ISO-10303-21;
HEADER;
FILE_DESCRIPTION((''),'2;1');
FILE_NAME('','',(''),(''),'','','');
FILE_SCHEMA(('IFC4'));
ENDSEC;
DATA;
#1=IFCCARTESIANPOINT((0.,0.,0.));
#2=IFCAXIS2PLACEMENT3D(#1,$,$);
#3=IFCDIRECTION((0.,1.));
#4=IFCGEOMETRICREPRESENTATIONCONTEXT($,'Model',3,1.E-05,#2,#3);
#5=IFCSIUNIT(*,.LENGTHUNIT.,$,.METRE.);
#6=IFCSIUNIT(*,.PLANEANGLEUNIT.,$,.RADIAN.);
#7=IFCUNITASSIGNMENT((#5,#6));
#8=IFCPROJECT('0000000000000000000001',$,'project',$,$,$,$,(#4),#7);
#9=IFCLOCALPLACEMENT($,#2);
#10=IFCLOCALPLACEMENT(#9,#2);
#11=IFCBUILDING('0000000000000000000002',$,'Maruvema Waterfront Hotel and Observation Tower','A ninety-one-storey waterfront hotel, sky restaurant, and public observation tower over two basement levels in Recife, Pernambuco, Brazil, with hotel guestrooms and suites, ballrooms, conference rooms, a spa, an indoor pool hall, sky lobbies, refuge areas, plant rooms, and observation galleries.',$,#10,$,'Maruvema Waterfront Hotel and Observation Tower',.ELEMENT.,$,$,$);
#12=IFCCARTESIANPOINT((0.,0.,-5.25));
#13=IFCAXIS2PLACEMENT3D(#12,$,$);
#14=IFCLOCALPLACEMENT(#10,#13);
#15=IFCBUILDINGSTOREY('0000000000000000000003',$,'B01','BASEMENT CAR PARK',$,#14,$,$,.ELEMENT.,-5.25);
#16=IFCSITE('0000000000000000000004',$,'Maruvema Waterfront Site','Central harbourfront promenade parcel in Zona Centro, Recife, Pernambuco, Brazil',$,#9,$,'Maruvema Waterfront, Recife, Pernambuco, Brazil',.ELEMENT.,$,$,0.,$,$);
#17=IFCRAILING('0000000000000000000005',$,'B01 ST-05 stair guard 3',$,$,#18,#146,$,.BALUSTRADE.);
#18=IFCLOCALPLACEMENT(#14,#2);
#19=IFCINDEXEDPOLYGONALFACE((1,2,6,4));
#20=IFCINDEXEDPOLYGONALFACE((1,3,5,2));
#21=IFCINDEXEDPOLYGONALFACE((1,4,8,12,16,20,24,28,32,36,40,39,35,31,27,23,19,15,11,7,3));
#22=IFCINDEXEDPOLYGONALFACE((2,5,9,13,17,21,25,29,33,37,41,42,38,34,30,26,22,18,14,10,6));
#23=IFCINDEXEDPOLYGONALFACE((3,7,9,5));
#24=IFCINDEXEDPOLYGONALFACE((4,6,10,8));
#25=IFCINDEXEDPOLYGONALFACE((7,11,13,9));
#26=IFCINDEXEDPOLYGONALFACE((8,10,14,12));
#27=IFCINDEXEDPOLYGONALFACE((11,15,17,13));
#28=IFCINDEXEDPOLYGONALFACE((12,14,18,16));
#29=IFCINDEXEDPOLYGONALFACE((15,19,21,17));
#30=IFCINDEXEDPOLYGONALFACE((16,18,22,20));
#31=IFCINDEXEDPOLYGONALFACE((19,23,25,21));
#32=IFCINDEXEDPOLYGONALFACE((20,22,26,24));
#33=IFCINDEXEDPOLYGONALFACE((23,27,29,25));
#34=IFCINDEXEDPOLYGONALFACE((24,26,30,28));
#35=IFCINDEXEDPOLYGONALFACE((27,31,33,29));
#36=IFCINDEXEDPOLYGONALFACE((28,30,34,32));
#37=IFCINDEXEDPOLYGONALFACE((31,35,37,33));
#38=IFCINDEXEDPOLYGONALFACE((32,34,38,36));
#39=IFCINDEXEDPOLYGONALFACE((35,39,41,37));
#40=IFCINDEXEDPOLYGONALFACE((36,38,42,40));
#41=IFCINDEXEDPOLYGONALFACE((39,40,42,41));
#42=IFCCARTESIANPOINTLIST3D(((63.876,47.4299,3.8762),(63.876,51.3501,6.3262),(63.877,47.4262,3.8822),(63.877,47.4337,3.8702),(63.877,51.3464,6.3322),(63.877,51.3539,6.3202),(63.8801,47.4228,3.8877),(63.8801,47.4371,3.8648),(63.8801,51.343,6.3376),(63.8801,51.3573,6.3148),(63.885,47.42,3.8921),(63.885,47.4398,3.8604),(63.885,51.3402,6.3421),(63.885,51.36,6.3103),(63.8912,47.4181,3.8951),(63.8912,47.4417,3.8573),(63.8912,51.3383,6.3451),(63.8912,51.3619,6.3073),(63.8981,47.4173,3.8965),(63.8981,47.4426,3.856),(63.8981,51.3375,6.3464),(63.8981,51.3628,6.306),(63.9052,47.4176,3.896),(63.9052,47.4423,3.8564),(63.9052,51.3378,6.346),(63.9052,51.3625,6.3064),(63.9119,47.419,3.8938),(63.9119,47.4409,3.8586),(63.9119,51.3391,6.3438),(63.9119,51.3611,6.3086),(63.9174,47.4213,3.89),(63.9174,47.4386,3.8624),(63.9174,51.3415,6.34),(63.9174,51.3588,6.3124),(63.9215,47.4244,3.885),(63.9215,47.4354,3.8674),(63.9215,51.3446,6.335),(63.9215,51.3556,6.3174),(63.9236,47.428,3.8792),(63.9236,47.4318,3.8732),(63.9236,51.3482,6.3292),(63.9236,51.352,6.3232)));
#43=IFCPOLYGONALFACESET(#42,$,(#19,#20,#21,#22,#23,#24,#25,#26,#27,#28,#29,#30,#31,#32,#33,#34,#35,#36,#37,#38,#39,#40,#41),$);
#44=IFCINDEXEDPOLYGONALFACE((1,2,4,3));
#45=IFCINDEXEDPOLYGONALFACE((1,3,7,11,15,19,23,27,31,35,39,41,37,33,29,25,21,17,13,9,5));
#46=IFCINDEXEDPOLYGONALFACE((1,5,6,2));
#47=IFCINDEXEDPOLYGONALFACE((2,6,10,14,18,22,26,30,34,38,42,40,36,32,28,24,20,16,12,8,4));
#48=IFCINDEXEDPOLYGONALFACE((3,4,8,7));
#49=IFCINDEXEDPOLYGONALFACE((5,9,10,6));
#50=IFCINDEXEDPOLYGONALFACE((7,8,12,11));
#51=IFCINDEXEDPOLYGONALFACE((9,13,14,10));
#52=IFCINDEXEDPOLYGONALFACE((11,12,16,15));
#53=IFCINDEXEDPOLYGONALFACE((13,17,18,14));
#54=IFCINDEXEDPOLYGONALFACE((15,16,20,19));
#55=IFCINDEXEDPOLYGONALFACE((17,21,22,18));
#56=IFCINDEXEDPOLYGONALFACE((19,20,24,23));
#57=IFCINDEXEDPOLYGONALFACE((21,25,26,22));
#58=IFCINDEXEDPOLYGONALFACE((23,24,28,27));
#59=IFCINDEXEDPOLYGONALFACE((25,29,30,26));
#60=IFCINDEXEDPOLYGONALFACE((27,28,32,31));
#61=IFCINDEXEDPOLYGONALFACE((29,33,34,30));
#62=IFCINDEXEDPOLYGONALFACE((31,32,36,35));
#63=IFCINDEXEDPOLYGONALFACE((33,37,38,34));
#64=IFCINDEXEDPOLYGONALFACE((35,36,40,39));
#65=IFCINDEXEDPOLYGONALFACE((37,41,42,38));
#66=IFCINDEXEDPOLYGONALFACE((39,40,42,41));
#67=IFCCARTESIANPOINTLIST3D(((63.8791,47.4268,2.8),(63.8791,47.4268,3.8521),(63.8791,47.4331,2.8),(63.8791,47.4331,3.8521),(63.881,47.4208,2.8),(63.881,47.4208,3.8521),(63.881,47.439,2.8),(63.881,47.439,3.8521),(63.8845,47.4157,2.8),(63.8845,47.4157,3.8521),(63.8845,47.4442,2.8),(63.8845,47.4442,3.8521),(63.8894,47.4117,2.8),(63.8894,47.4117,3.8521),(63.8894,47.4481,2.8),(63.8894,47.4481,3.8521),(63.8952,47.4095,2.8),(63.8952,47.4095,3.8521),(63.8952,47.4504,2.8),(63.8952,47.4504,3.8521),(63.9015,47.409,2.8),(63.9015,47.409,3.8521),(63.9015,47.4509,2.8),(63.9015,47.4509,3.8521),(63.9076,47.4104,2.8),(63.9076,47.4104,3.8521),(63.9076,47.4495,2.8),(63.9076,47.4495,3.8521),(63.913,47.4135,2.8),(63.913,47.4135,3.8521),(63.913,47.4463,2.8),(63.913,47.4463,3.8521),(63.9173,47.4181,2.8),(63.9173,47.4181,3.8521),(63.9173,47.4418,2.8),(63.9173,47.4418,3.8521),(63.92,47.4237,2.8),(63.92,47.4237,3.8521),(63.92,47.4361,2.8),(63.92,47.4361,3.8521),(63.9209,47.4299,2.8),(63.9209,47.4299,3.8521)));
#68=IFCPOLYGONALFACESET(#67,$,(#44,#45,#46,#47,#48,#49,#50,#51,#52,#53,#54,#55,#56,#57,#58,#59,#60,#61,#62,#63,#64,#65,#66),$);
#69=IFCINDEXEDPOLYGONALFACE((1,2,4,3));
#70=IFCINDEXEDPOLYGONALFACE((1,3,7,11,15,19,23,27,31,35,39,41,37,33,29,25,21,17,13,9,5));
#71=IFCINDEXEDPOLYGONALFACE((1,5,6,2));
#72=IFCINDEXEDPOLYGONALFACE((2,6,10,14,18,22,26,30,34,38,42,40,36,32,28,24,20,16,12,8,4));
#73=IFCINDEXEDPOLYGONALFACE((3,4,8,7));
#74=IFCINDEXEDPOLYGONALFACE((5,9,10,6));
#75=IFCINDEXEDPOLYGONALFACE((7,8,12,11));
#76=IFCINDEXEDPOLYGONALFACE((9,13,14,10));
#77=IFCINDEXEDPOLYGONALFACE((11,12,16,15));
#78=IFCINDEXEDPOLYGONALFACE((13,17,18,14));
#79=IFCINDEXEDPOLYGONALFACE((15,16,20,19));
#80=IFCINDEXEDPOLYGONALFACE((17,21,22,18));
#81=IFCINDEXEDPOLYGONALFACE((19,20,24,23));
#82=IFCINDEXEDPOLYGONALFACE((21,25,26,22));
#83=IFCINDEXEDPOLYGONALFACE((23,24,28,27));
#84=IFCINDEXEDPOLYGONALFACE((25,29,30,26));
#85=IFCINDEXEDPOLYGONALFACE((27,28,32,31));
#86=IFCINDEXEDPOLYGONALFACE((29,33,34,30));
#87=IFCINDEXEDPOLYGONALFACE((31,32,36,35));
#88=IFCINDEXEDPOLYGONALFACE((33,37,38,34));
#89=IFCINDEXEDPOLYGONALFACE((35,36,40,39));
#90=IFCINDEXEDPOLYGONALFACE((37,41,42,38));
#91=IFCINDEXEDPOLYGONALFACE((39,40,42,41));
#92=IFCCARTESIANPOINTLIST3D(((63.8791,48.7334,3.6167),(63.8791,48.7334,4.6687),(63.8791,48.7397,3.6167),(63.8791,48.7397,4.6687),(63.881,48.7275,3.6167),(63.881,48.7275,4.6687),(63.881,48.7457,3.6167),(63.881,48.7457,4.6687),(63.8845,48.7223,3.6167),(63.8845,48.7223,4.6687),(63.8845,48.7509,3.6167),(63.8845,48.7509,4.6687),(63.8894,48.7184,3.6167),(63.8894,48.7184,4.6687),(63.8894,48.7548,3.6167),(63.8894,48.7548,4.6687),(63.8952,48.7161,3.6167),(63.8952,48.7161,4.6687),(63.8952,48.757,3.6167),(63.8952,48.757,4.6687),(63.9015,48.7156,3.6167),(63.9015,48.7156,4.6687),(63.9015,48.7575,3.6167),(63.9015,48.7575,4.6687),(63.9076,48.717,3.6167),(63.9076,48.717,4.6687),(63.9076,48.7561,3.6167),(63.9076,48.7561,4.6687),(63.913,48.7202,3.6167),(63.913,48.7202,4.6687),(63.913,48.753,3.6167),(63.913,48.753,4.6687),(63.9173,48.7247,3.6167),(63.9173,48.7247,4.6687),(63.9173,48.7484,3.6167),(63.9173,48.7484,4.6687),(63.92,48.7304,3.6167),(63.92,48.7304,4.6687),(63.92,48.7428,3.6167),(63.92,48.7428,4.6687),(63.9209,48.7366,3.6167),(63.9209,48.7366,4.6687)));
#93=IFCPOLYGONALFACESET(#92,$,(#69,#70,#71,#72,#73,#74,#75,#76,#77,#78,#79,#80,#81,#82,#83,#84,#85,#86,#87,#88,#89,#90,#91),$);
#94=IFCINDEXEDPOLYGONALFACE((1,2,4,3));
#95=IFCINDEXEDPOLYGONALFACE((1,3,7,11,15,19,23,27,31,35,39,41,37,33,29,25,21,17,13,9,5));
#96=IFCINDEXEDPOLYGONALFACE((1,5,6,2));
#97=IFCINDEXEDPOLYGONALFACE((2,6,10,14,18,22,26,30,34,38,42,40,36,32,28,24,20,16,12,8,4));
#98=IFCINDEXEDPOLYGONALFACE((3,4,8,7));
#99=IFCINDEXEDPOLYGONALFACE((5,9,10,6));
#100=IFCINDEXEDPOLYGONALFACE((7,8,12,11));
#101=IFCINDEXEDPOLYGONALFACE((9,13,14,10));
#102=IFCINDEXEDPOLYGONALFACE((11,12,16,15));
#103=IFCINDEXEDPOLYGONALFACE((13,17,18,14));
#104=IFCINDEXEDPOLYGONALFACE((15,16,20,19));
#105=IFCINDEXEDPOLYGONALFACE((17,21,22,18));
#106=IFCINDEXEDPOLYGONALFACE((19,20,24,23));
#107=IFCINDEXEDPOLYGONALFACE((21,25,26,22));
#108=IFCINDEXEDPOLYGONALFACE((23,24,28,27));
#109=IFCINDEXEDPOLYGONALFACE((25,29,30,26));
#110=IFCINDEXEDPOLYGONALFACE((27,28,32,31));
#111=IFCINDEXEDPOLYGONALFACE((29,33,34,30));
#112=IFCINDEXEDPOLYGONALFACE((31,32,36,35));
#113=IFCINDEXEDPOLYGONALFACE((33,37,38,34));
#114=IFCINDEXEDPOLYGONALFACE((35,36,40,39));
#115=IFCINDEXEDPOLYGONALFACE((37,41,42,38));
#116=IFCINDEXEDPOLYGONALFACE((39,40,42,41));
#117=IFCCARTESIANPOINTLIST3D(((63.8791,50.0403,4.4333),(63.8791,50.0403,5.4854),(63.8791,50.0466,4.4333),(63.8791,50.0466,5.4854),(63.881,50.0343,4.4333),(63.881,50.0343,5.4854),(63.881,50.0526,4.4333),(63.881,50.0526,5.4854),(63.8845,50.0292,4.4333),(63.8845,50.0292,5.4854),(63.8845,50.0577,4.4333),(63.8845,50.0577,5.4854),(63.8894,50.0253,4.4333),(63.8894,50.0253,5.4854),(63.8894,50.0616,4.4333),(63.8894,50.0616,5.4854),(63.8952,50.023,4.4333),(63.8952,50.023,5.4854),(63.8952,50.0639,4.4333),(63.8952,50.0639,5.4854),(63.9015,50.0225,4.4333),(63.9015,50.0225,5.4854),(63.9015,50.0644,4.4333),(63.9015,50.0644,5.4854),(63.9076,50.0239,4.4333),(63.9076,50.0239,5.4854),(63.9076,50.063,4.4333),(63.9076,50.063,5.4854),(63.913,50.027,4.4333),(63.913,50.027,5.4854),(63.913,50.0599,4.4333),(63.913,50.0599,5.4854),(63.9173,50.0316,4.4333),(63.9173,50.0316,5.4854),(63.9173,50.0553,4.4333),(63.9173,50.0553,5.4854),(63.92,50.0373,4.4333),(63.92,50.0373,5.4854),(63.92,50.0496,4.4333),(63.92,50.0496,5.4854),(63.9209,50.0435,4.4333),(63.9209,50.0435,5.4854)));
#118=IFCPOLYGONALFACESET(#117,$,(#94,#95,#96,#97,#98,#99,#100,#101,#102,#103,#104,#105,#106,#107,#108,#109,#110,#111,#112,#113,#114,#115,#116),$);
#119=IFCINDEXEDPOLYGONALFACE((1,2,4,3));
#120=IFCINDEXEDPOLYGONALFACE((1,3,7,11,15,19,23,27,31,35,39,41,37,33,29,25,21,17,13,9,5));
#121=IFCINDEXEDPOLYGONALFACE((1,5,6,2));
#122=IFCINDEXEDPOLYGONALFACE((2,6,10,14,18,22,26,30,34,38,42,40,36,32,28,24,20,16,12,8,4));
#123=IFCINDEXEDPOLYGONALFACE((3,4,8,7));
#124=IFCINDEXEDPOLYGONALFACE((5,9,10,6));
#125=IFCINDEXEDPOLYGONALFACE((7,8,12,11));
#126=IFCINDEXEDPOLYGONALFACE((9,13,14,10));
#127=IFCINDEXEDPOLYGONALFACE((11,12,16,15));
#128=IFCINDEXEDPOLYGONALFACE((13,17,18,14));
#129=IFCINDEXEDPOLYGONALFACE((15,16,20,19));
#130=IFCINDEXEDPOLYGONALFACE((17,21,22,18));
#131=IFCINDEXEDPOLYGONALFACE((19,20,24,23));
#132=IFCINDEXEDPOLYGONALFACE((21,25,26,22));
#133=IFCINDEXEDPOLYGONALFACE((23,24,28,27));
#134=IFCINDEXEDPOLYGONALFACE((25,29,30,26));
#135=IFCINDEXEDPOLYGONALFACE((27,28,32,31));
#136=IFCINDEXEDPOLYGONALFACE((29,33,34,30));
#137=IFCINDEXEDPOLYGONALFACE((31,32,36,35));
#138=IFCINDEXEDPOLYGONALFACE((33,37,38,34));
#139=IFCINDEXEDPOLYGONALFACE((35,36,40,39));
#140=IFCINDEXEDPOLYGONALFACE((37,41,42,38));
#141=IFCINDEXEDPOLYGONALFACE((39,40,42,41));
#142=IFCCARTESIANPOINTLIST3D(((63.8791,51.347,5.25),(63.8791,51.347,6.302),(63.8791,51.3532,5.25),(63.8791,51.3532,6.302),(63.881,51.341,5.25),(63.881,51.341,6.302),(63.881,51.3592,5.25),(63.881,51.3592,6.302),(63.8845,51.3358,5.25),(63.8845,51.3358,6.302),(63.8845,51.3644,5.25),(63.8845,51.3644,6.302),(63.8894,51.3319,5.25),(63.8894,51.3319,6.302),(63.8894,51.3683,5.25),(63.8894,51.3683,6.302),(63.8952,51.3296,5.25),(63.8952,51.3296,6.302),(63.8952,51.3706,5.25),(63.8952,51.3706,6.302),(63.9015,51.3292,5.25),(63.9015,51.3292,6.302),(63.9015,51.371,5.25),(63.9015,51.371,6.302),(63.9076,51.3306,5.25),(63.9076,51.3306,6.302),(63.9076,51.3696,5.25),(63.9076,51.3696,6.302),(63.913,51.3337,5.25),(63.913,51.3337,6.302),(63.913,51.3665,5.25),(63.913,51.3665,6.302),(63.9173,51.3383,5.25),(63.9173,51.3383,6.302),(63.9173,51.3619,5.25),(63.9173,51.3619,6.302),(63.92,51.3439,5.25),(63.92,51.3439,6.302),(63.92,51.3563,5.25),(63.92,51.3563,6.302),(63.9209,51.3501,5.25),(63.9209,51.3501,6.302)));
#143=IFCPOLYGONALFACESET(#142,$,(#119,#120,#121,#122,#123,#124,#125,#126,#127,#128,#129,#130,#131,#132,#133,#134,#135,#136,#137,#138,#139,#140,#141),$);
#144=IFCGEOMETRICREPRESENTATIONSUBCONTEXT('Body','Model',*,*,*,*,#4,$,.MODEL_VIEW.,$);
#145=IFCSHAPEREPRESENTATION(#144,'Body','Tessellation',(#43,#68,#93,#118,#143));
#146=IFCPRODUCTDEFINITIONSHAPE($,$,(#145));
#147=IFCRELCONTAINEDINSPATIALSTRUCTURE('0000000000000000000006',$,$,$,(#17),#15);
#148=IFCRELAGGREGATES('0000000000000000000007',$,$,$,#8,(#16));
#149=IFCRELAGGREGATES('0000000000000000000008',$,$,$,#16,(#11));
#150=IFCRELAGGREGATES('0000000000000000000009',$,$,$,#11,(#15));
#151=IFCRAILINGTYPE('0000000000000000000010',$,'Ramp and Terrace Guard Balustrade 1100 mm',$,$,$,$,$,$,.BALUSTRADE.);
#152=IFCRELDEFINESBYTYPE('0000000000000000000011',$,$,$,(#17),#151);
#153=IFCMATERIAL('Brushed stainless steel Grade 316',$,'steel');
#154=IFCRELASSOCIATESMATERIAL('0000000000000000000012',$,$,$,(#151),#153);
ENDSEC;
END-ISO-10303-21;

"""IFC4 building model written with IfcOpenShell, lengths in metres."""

from ifc_helpers import new_model, si_unit, direction, frame, origin, origin_2d, place, context, subcontext, project, spatial, circle, extrude, material, type_object, element, save


model = new_model("IFC4")

# Units and contexts
model_context = context("Model", 3, precision=1e-05, world=origin(), true_north=direction((0.0, 1.0)))
body_context = subcontext(model_context, "Body", "Model", "MODEL_VIEW")
ifc_project = project(units=[si_unit("LENGTHUNIT", "METRE"), si_unit("PLANEANGLEUNIT", "RADIAN")], contexts=[model_context])

# Site, building, storey
site_placement = place(None, origin())
site = spatial("IfcSite", under=ifc_project, at=site_placement, Name="Maruvema Waterfront Site", Description="Central harbourfront promenade parcel in Zona Centro, Recife, Pernambuco, Brazil", LongName="Maruvema Waterfront, Recife, Pernambuco, Brazil", CompositionType="ELEMENT", RefElevation=0.0)
building_placement = place(site_placement, origin())
building = spatial("IfcBuilding", under=site, at=building_placement, Name="Maruvema Waterfront Hotel and Observation Tower", Description="A ninety-one-storey waterfront hotel, sky restaurant, and public observation tower over two basement levels in Recife, Pernambuco, Brazil, with hotel guestrooms and suites, ballrooms, conference rooms, a spa, an indoor pool hall, sky lobbies, refuge areas, plant rooms, and observation galleries.", LongName="Maruvema Waterfront Hotel and Observation Tower", CompositionType="ELEMENT")
storey_placement = place(building_placement, frame((0.0, 0.0, -5.25)))
storey = spatial("IfcBuildingStorey", under=building, at=storey_placement, Name="B01", Description="BASEMENT CAR PARK", CompositionType="ELEMENT", Elevation=-5.25)

# Railing
ifc_material_1 = material(Name="Brushed stainless steel Grade 316", Category="steel")
railing_type_1 = type_object("IfcRailingType", Name="Ramp and Terrace Guard Balustrade 1100 mm", PredefinedType="BALUSTRADE", material=ifc_material_1)
railing_1_placement = place(storey_placement, frame((63.8999, 47.4299, 2.8)))
element("IfcRailing", 1, at=railing_1_placement, inside=storey, type_object=railing_type_1, Name="B01 ST-05 stair guard 3", PredefinedType="BALUSTRADE", context=body_context, shape_type="SweptSolid", body=[
    extrude(circle(Radius=0.0239, at=origin_2d()), frame((0.0, 0.0, 1.0762), z_axis=(0.0, 0.848013, 0.529975), x_axis=(-1.0, 0.0, 0.0)), (0.0, 0.0, 1.0), 4.6228),
    extrude(circle(Radius=0.021, at=origin_2d()), origin(), (0.0, 0.0, 1.0), 1.052),
    extrude(circle(Radius=0.021, at=origin_2d()), frame((0.0, 1.3066, 0.8167)), (0.0, 0.0, 1.0), 1.052),
    extrude(circle(Radius=0.021, at=origin_2d()), frame((0.0, 2.6135, 1.6333)), (0.0, 0.0, 1.0), 1.052),
    extrude(circle(Radius=0.021, at=origin_2d()), frame((0.0, 3.9202, 2.45)), (0.0, 0.0, 1.0), 1.052),
])

save(model, "model.ifc")
